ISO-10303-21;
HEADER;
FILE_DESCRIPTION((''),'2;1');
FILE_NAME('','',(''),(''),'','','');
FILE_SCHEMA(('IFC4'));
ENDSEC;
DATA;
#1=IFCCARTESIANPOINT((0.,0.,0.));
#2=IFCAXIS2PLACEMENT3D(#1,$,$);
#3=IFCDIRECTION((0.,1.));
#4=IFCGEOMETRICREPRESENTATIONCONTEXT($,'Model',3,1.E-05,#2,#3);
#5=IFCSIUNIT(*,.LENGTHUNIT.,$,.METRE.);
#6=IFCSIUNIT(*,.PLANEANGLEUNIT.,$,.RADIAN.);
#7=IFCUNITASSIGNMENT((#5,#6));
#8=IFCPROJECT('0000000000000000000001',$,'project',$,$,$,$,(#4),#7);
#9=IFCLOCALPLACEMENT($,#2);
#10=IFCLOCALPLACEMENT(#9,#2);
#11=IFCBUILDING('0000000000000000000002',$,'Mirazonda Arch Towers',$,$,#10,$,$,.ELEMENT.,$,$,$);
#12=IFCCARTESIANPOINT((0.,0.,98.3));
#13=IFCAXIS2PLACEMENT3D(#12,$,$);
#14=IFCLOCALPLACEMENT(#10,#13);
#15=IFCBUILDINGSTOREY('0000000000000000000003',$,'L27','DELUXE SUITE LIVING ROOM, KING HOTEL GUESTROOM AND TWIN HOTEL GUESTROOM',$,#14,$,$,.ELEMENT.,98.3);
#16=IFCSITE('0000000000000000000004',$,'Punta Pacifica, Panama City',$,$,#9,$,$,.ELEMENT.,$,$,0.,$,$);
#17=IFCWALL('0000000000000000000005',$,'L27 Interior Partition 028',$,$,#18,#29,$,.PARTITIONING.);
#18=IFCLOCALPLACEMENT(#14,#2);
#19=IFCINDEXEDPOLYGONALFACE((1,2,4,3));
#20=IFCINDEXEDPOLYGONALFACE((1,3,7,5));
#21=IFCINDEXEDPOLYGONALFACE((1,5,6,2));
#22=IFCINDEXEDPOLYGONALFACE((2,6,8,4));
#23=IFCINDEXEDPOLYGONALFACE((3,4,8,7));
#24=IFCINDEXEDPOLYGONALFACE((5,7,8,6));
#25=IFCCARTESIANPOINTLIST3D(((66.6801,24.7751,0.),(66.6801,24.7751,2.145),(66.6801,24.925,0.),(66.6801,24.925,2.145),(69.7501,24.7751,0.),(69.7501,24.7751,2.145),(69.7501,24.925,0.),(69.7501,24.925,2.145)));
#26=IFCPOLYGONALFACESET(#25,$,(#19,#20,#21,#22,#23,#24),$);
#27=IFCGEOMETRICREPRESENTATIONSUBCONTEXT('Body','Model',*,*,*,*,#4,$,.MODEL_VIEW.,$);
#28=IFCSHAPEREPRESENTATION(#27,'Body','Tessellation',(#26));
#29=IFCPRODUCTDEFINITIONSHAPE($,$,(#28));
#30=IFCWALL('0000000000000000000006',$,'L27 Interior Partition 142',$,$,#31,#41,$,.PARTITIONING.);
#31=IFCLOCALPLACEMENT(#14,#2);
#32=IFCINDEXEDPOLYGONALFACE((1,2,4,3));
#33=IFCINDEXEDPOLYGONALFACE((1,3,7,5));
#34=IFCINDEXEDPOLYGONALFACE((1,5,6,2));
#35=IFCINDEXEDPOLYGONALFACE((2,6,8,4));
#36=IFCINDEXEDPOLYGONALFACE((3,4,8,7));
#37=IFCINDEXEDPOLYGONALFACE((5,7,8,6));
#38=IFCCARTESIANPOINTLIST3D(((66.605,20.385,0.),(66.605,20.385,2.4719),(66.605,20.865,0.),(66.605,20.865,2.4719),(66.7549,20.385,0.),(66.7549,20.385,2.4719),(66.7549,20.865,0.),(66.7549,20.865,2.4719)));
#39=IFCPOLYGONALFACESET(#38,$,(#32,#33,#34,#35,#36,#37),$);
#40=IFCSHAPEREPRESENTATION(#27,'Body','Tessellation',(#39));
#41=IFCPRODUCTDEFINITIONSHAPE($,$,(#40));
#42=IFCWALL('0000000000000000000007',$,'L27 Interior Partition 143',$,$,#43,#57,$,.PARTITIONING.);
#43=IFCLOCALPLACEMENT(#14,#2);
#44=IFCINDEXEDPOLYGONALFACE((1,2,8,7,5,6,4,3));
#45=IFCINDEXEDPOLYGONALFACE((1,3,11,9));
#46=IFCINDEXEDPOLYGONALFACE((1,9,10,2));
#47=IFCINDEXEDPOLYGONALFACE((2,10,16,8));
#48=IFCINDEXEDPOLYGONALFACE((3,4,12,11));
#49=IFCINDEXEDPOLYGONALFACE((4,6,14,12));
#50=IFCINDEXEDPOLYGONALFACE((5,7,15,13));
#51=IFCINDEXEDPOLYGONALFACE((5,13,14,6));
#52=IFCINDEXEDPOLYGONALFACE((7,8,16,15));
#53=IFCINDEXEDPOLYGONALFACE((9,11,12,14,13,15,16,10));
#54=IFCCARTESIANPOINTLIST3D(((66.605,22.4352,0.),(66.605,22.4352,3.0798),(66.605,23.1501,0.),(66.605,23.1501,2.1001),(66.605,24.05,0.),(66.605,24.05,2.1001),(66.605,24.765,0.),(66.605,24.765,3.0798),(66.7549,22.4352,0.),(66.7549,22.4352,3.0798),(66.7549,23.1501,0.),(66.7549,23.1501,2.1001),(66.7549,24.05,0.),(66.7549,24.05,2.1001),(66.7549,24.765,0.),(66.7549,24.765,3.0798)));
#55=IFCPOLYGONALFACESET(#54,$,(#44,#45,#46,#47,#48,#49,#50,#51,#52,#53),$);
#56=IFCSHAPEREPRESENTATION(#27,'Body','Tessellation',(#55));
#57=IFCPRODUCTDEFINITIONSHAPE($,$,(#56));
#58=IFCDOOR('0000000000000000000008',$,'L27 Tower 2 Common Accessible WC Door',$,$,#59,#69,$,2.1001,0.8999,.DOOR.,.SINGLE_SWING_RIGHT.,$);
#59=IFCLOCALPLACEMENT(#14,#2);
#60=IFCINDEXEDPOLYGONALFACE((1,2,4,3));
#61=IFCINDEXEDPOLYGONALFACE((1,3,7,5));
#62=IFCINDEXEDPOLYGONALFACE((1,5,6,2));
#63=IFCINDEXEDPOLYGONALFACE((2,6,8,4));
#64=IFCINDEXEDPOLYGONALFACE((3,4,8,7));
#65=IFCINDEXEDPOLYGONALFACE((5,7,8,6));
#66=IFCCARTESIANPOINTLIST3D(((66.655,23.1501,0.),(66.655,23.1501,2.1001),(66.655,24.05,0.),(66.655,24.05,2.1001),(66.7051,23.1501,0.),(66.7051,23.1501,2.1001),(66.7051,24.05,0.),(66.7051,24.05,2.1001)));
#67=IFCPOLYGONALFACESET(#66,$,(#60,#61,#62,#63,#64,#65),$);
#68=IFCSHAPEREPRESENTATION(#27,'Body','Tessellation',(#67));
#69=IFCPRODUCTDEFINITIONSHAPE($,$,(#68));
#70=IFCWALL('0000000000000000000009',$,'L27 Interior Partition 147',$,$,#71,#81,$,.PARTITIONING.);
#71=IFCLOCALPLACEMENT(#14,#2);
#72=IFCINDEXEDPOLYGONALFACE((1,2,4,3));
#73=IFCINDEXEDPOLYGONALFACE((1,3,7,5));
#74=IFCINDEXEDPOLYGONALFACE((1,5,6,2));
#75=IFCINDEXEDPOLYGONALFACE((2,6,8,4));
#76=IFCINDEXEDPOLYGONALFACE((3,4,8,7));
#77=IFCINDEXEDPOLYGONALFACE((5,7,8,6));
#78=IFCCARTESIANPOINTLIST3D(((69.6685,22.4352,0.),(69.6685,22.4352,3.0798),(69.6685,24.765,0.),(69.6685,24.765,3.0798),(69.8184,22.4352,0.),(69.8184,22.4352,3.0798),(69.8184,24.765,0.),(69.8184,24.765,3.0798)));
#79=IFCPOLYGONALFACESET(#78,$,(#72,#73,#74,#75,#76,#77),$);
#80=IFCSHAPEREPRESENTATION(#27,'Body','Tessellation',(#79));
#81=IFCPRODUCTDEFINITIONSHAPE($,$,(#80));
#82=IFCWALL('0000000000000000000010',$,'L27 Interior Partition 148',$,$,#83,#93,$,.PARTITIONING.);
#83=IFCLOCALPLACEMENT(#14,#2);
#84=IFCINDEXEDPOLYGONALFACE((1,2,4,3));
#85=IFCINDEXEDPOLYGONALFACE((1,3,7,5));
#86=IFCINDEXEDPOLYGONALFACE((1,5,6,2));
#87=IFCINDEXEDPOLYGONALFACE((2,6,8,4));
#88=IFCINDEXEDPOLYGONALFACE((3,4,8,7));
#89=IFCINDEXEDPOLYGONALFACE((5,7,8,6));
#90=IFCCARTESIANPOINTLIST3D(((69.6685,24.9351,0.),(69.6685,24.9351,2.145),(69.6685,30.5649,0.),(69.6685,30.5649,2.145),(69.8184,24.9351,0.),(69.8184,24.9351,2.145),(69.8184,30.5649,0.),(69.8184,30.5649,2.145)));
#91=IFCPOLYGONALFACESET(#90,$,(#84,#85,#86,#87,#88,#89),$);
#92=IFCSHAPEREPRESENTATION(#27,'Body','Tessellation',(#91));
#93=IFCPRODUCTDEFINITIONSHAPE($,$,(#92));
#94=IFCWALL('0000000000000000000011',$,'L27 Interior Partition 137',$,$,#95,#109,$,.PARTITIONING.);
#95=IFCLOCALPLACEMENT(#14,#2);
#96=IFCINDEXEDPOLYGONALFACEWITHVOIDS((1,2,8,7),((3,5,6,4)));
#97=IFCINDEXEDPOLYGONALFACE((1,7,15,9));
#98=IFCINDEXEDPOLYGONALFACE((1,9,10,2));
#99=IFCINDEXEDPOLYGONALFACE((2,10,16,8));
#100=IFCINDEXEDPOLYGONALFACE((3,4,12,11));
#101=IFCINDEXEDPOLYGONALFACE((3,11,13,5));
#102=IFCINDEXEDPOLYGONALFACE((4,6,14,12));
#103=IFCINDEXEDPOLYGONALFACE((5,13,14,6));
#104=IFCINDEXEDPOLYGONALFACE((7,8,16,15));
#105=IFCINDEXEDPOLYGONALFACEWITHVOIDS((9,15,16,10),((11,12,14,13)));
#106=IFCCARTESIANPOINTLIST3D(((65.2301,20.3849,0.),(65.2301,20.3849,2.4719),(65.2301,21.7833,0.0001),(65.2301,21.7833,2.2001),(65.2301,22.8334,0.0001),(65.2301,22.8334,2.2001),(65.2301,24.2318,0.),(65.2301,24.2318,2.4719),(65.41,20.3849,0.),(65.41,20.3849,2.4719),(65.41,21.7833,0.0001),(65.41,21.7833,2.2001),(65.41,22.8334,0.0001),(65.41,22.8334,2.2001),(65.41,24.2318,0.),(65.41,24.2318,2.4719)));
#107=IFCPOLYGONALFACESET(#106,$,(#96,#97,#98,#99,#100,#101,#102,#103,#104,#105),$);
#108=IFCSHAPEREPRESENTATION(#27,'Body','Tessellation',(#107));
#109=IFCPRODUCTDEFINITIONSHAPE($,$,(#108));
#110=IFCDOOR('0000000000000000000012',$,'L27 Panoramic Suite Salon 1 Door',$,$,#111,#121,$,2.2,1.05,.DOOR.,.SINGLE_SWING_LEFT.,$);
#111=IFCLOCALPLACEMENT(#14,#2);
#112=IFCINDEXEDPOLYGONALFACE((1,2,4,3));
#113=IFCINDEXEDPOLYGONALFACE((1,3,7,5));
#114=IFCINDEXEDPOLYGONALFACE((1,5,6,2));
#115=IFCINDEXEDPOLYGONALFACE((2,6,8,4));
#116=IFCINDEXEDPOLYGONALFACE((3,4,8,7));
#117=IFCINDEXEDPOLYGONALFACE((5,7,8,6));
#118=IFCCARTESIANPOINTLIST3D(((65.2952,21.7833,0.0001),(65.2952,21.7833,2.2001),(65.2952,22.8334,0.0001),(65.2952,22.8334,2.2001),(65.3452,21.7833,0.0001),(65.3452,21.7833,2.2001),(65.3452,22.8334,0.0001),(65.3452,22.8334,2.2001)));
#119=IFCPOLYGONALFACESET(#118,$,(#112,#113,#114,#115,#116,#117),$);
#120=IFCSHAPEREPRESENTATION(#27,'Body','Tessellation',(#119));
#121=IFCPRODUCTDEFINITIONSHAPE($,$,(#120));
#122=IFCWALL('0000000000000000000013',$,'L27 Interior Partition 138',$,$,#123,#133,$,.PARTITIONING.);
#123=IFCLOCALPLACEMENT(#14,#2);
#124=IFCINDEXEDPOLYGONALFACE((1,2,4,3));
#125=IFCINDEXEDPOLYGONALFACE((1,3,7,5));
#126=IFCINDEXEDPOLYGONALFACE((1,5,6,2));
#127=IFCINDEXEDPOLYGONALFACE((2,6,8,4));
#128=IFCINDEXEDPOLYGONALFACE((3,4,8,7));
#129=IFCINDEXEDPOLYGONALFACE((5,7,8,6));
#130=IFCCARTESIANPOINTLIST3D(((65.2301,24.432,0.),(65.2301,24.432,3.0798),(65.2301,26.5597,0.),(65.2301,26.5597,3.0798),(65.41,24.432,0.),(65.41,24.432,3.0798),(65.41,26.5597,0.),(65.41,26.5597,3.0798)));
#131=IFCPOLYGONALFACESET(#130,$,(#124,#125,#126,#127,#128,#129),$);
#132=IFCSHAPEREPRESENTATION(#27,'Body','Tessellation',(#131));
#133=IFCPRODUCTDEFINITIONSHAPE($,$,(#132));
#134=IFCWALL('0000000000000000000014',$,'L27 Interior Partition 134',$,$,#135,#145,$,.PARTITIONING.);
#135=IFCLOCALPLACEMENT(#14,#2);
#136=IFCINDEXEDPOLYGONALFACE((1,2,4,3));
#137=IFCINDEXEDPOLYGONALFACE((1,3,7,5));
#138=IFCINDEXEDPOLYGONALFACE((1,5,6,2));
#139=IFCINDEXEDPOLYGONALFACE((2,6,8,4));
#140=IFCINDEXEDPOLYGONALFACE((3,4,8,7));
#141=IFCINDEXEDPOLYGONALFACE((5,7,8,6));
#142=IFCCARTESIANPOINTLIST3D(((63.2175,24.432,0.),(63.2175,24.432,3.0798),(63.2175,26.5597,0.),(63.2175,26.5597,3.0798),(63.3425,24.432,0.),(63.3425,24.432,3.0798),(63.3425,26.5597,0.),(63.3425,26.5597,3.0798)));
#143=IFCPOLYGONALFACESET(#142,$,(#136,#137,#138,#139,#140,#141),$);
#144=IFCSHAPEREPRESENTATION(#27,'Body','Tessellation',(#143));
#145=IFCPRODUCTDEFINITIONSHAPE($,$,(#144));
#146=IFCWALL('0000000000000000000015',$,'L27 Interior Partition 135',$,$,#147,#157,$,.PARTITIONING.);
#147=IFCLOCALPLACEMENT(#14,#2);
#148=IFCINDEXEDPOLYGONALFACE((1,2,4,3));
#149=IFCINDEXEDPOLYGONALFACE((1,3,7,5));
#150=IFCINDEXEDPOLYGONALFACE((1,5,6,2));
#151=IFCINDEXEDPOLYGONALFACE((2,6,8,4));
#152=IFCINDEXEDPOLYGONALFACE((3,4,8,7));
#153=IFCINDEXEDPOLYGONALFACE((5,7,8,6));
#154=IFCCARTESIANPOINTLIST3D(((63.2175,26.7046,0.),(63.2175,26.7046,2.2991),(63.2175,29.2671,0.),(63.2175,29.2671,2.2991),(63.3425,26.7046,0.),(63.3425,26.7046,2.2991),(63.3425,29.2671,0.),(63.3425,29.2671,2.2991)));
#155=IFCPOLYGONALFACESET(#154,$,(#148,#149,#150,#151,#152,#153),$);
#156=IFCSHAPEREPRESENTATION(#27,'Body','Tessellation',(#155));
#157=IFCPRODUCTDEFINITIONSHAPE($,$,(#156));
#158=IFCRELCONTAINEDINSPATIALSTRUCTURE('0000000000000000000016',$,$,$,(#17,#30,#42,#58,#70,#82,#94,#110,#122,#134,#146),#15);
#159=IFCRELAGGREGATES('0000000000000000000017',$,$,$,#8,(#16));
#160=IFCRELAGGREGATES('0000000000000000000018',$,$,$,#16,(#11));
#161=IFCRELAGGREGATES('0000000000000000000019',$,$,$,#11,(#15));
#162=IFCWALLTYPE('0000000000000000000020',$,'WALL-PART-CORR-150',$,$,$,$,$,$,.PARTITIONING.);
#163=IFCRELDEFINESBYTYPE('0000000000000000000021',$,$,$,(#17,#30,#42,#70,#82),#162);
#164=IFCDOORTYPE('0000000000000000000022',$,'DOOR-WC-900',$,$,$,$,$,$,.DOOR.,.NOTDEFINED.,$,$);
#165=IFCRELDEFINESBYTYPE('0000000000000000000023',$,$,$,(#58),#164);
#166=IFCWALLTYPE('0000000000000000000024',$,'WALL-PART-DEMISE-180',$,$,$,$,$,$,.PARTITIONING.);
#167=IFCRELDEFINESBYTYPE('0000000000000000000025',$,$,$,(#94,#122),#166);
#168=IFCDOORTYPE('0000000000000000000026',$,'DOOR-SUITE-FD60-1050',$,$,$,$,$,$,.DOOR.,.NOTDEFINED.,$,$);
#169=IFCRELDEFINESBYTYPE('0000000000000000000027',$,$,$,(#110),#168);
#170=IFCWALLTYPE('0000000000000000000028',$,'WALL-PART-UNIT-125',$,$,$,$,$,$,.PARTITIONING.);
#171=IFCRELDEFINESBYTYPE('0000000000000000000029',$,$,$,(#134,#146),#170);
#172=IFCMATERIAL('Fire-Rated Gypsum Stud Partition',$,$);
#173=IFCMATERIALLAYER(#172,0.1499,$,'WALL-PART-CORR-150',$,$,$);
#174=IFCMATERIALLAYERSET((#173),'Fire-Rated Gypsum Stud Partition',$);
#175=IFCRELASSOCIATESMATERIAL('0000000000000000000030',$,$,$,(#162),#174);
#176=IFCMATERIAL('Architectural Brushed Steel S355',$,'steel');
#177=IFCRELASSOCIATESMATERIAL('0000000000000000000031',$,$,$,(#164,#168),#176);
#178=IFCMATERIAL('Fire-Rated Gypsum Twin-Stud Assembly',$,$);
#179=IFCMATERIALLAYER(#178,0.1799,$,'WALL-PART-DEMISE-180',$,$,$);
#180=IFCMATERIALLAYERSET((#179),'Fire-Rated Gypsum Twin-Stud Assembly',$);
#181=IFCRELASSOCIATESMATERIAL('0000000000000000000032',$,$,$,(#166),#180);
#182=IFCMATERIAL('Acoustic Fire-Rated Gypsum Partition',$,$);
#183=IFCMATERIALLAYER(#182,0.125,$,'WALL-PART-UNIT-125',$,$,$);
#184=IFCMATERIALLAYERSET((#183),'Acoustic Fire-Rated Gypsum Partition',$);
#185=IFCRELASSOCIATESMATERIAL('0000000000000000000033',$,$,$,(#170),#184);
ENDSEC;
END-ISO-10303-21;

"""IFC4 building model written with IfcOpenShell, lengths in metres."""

from ifc_helpers import new_model, si_unit, direction, frame, frame_2d, origin, place, context, subcontext, project, spatial, rectangle, extrude, material, layer, layer_set, type_object, element, fill, save


model = new_model("IFC4")

# Units and contexts
model_context = context("Model", 3, precision=1e-05, world=origin(), true_north=direction((0.0, 1.0)))
body_context = subcontext(model_context, "Body", "Model", "MODEL_VIEW")
ifc_project = project(units=[si_unit("LENGTHUNIT", "METRE"), si_unit("PLANEANGLEUNIT", "RADIAN")], contexts=[model_context])

# Site, building, storey
site_placement = place(None, origin())
site = spatial("IfcSite", under=ifc_project, at=site_placement, Name="Punta Pacifica, Panama City", CompositionType="ELEMENT", RefElevation=0.0)
building_placement = place(site_placement, origin())
building = spatial("IfcBuilding", under=site, at=building_placement, Name="Mirazonda Arch Towers", CompositionType="ELEMENT")
storey_placement = place(building_placement, frame((0.0, 0.0, 98.3)))
storey = spatial("IfcBuildingStorey", under=building, at=storey_placement, Name="L27", Description="DELUXE SUITE LIVING ROOM, KING HOTEL GUESTROOM AND TWIN HOTEL GUESTROOM", CompositionType="ELEMENT", Elevation=98.3)

# Shared definitions
ifc_material_1 = material(Name="Architectural Brushed Steel S355", Category="steel")

# Shared definitions
ifc_material_2 = material(Name="Fire-Rated Gypsum Stud Partition")
ifc_layer_1 = layer(ifc_material_2, 0.1499, Name="WALL-PART-CORR-150")
ifc_layer_set_1 = layer_set([ifc_layer_1], Name="Fire-Rated Gypsum Stud Partition")
wall_type_1 = type_object("IfcWallType", Name="WALL-PART-CORR-150", PredefinedType="PARTITIONING", material=ifc_layer_set_1)

# Walls
wall_1_placement = place(storey_placement, frame((66.6799, 24.8501, 0.0), z_axis=(0.0, 0.0, 1.0), x_axis=(1.0, 0.0, 0.0)))
element("IfcWall", 1, at=wall_1_placement, inside=storey, type_object=wall_type_1, Name="L27 Interior Partition 028", PredefinedType="PARTITIONING", context=body_context, shape_type="SweptSolid", body=[
    extrude(rectangle(XDim=3.0701, YDim=0.1499, at=frame_2d((1.5352, 0.0))), origin(), (0.0, 0.0, 1.0), 2.145),
])
wall_2_placement = place(storey_placement, frame((66.6799, 20.385, 0.0), z_axis=(0.0, 0.0, 1.0), x_axis=(0.0, 1.0, 0.0)))
element("IfcWall", 2, at=wall_2_placement, inside=storey, type_object=wall_type_1, Name="L27 Interior Partition 142", PredefinedType="PARTITIONING", context=body_context, shape_type="SweptSolid", body=[
    extrude(rectangle(XDim=0.48, YDim=0.1499, at=frame_2d((0.24, 0.0))), origin(), (0.0, 0.0, 1.0), 2.4719),
])

# Wall, opening, door
wall_3_placement = place(storey_placement, frame((66.6799, 22.4351, 0.0), z_axis=(0.0, 0.0, 1.0), x_axis=(0.0, 1.0, 0.0)))
wall_3 = element("IfcWall", 3, at=wall_3_placement, inside=storey, type_object=wall_type_1, Name="L27 Interior Partition 143", PredefinedType="PARTITIONING", context=body_context, shape_type="SweptSolid", body=[
    extrude(rectangle(XDim=2.3298, YDim=0.1499, at=frame_2d((1.165, 0.0))), origin(), (0.0, 0.0, 1.0), 3.0798),
])
opening_1_placement = place(wall_3_placement, frame((0.7151, 0.0, 0.0)))
opening_1 = element("IfcOpeningElement", 4, at=opening_1_placement, cuts=wall_3, PredefinedType="OPENING", context=body_context, shape_type="SweptSolid", body=[
    extrude(rectangle(XDim=0.8999, YDim=2.1001, at=frame_2d((0.45, 1.05))), frame((0.0, 0.085, 0.0), z_axis=(0.0, -1.0, 0.0), x_axis=(1.0, 0.0, 0.0)), (0.0, 0.0, 1.0), 0.1699),
])
door_type_1 = type_object("IfcDoorType", Name="DOOR-WC-900", OperationType="NOTDEFINED", PredefinedType="DOOR", material=ifc_material_1)
door_1_placement = place(opening_1_placement, origin())
door_1 = element("IfcDoor", 5, at=door_1_placement, inside=storey, type_object=door_type_1, Name="L27 Tower 2 Common Accessible WC Door", OperationType="SINGLE_SWING_RIGHT", OverallHeight=2.1001, OverallWidth=0.8999, PredefinedType="DOOR", context=body_context, shape_type="SweptSolid", body=[
    extrude(rectangle(XDim=0.8999, YDim=2.1001, at=frame_2d((0.45, 1.05))), frame((0.0, 0.0249, 0.0), z_axis=(0.0, -1.0, 0.0), x_axis=(1.0, 0.0, 0.0)), (0.0, 0.0, 1.0), 0.05),
])
fill(opening_1, door_1)

# Walls
wall_4_placement = place(storey_placement, frame((69.7434, 22.4351, 0.0), z_axis=(0.0, 0.0, 1.0), x_axis=(0.0, 1.0, 0.0)))
element("IfcWall", 6, at=wall_4_placement, inside=storey, type_object=wall_type_1, Name="L27 Interior Partition 147", PredefinedType="PARTITIONING", context=body_context, shape_type="SweptSolid", body=[
    extrude(rectangle(XDim=2.3298, YDim=0.1499, at=frame_2d((1.165, 0.0))), origin(), (0.0, 0.0, 1.0), 3.0798),
])
wall_5_placement = place(storey_placement, frame((69.7434, 24.9351, 0.0), z_axis=(0.0, 0.0, 1.0), x_axis=(0.0, 1.0, 0.0)))
element("IfcWall", 7, at=wall_5_placement, inside=storey, type_object=wall_type_1, Name="L27 Interior Partition 148", PredefinedType="PARTITIONING", context=body_context, shape_type="SweptSolid", body=[
    extrude(rectangle(XDim=5.6299, YDim=0.1499, at=frame_2d((2.8149, 0.0))), origin(), (0.0, 0.0, 1.0), 2.145),
])

# Wall, opening, door
ifc_material_3 = material(Name="Fire-Rated Gypsum Twin-Stud Assembly")
ifc_layer_2 = layer(ifc_material_3, 0.1799, Name="WALL-PART-DEMISE-180")
ifc_layer_set_2 = layer_set([ifc_layer_2], Name="Fire-Rated Gypsum Twin-Stud Assembly")
wall_type_2 = type_object("IfcWallType", Name="WALL-PART-DEMISE-180", PredefinedType="PARTITIONING", material=ifc_layer_set_2)
wall_6_placement = place(storey_placement, frame((65.3201, 20.385, 0.0), z_axis=(0.0, 0.0, 1.0), x_axis=(0.0, 1.0, 0.0)))
wall_6 = element("IfcWall", 8, at=wall_6_placement, inside=storey, type_object=wall_type_2, Name="L27 Interior Partition 137", PredefinedType="PARTITIONING", context=body_context, shape_type="SweptSolid", body=[
    extrude(rectangle(XDim=3.8469, YDim=0.1799, at=frame_2d((1.9233, 0.0))), origin(), (0.0, 0.0, 1.0), 2.4719),
])
opening_2_placement = place(wall_6_placement, frame((1.3984, 0.0, 0.0)))
opening_2 = element("IfcOpeningElement", 9, at=opening_2_placement, cuts=wall_6, PredefinedType="OPENING", context=body_context, shape_type="SweptSolid", body=[
    extrude(rectangle(XDim=1.05, YDim=2.2, at=frame_2d((0.5249, 1.1001))), frame((0.0, 0.0999, 0.0), z_axis=(0.0, -1.0, 0.0), x_axis=(1.0, 0.0, 0.0)), (0.0, 0.0, 1.0), 0.2),
])
door_type_2 = type_object("IfcDoorType", Name="DOOR-SUITE-FD60-1050", OperationType="NOTDEFINED", PredefinedType="DOOR", material=ifc_material_1)
door_2_placement = place(opening_2_placement, origin())
door_2 = element("IfcDoor", 10, at=door_2_placement, inside=storey, type_object=door_type_2, Name="L27 Panoramic Suite Salon 1 Door", OperationType="SINGLE_SWING_LEFT", OverallHeight=2.2, OverallWidth=1.05, PredefinedType="DOOR", context=body_context, shape_type="SweptSolid", body=[
    extrude(rectangle(XDim=1.05, YDim=2.2, at=frame_2d((0.5249, 1.1001))), frame((0.0, 0.0249, 0.0), z_axis=(0.0, -1.0, 0.0), x_axis=(1.0, 0.0, 0.0)), (0.0, 0.0, 1.0), 0.05),
])
fill(opening_2, door_2)

# Walls
wall_7_placement = place(storey_placement, frame((65.3201, 24.4319, 0.0), z_axis=(0.0, 0.0, 1.0), x_axis=(0.0, 1.0, 0.0)))
element("IfcWall", 11, at=wall_7_placement, inside=storey, type_object=wall_type_2, Name="L27 Interior Partition 138", PredefinedType="PARTITIONING", context=body_context, shape_type="SweptSolid", body=[
    extrude(rectangle(XDim=2.1277, YDim=0.1799, at=frame_2d((1.064, 0.0))), origin(), (0.0, 0.0, 1.0), 3.0798),
])
ifc_material_4 = material(Name="Acoustic Fire-Rated Gypsum Partition")
ifc_layer_3 = layer(ifc_material_4, 0.125, Name="WALL-PART-UNIT-125")
ifc_layer_set_3 = layer_set([ifc_layer_3], Name="Acoustic Fire-Rated Gypsum Partition")
wall_type_3 = type_object("IfcWallType", Name="WALL-PART-UNIT-125", PredefinedType="PARTITIONING", material=ifc_layer_set_3)
wall_8_placement = place(storey_placement, frame((63.28, 24.4319, 0.0), z_axis=(0.0, 0.0, 1.0), x_axis=(0.0, 1.0, 0.0)))
element("IfcWall", 12, at=wall_8_placement, inside=storey, type_object=wall_type_3, Name="L27 Interior Partition 134", PredefinedType="PARTITIONING", context=body_context, shape_type="SweptSolid", body=[
    extrude(rectangle(XDim=2.1277, YDim=0.125, at=frame_2d((1.064, 0.0))), origin(), (0.0, 0.0, 1.0), 3.0798),
])
wall_9_placement = place(storey_placement, frame((63.28, 26.7046, 0.0), z_axis=(0.0, 0.0, 1.0), x_axis=(0.0, 1.0, 0.0)))
element("IfcWall", 13, at=wall_9_placement, inside=storey, type_object=wall_type_3, Name="L27 Interior Partition 135", PredefinedType="PARTITIONING", context=body_context, shape_type="SweptSolid", body=[
    extrude(rectangle(XDim=2.5625, YDim=0.125, at=frame_2d((1.2812, 0.0))), origin(), (0.0, 0.0, 1.0), 2.2991),
])

save(model, "model.ifc")
